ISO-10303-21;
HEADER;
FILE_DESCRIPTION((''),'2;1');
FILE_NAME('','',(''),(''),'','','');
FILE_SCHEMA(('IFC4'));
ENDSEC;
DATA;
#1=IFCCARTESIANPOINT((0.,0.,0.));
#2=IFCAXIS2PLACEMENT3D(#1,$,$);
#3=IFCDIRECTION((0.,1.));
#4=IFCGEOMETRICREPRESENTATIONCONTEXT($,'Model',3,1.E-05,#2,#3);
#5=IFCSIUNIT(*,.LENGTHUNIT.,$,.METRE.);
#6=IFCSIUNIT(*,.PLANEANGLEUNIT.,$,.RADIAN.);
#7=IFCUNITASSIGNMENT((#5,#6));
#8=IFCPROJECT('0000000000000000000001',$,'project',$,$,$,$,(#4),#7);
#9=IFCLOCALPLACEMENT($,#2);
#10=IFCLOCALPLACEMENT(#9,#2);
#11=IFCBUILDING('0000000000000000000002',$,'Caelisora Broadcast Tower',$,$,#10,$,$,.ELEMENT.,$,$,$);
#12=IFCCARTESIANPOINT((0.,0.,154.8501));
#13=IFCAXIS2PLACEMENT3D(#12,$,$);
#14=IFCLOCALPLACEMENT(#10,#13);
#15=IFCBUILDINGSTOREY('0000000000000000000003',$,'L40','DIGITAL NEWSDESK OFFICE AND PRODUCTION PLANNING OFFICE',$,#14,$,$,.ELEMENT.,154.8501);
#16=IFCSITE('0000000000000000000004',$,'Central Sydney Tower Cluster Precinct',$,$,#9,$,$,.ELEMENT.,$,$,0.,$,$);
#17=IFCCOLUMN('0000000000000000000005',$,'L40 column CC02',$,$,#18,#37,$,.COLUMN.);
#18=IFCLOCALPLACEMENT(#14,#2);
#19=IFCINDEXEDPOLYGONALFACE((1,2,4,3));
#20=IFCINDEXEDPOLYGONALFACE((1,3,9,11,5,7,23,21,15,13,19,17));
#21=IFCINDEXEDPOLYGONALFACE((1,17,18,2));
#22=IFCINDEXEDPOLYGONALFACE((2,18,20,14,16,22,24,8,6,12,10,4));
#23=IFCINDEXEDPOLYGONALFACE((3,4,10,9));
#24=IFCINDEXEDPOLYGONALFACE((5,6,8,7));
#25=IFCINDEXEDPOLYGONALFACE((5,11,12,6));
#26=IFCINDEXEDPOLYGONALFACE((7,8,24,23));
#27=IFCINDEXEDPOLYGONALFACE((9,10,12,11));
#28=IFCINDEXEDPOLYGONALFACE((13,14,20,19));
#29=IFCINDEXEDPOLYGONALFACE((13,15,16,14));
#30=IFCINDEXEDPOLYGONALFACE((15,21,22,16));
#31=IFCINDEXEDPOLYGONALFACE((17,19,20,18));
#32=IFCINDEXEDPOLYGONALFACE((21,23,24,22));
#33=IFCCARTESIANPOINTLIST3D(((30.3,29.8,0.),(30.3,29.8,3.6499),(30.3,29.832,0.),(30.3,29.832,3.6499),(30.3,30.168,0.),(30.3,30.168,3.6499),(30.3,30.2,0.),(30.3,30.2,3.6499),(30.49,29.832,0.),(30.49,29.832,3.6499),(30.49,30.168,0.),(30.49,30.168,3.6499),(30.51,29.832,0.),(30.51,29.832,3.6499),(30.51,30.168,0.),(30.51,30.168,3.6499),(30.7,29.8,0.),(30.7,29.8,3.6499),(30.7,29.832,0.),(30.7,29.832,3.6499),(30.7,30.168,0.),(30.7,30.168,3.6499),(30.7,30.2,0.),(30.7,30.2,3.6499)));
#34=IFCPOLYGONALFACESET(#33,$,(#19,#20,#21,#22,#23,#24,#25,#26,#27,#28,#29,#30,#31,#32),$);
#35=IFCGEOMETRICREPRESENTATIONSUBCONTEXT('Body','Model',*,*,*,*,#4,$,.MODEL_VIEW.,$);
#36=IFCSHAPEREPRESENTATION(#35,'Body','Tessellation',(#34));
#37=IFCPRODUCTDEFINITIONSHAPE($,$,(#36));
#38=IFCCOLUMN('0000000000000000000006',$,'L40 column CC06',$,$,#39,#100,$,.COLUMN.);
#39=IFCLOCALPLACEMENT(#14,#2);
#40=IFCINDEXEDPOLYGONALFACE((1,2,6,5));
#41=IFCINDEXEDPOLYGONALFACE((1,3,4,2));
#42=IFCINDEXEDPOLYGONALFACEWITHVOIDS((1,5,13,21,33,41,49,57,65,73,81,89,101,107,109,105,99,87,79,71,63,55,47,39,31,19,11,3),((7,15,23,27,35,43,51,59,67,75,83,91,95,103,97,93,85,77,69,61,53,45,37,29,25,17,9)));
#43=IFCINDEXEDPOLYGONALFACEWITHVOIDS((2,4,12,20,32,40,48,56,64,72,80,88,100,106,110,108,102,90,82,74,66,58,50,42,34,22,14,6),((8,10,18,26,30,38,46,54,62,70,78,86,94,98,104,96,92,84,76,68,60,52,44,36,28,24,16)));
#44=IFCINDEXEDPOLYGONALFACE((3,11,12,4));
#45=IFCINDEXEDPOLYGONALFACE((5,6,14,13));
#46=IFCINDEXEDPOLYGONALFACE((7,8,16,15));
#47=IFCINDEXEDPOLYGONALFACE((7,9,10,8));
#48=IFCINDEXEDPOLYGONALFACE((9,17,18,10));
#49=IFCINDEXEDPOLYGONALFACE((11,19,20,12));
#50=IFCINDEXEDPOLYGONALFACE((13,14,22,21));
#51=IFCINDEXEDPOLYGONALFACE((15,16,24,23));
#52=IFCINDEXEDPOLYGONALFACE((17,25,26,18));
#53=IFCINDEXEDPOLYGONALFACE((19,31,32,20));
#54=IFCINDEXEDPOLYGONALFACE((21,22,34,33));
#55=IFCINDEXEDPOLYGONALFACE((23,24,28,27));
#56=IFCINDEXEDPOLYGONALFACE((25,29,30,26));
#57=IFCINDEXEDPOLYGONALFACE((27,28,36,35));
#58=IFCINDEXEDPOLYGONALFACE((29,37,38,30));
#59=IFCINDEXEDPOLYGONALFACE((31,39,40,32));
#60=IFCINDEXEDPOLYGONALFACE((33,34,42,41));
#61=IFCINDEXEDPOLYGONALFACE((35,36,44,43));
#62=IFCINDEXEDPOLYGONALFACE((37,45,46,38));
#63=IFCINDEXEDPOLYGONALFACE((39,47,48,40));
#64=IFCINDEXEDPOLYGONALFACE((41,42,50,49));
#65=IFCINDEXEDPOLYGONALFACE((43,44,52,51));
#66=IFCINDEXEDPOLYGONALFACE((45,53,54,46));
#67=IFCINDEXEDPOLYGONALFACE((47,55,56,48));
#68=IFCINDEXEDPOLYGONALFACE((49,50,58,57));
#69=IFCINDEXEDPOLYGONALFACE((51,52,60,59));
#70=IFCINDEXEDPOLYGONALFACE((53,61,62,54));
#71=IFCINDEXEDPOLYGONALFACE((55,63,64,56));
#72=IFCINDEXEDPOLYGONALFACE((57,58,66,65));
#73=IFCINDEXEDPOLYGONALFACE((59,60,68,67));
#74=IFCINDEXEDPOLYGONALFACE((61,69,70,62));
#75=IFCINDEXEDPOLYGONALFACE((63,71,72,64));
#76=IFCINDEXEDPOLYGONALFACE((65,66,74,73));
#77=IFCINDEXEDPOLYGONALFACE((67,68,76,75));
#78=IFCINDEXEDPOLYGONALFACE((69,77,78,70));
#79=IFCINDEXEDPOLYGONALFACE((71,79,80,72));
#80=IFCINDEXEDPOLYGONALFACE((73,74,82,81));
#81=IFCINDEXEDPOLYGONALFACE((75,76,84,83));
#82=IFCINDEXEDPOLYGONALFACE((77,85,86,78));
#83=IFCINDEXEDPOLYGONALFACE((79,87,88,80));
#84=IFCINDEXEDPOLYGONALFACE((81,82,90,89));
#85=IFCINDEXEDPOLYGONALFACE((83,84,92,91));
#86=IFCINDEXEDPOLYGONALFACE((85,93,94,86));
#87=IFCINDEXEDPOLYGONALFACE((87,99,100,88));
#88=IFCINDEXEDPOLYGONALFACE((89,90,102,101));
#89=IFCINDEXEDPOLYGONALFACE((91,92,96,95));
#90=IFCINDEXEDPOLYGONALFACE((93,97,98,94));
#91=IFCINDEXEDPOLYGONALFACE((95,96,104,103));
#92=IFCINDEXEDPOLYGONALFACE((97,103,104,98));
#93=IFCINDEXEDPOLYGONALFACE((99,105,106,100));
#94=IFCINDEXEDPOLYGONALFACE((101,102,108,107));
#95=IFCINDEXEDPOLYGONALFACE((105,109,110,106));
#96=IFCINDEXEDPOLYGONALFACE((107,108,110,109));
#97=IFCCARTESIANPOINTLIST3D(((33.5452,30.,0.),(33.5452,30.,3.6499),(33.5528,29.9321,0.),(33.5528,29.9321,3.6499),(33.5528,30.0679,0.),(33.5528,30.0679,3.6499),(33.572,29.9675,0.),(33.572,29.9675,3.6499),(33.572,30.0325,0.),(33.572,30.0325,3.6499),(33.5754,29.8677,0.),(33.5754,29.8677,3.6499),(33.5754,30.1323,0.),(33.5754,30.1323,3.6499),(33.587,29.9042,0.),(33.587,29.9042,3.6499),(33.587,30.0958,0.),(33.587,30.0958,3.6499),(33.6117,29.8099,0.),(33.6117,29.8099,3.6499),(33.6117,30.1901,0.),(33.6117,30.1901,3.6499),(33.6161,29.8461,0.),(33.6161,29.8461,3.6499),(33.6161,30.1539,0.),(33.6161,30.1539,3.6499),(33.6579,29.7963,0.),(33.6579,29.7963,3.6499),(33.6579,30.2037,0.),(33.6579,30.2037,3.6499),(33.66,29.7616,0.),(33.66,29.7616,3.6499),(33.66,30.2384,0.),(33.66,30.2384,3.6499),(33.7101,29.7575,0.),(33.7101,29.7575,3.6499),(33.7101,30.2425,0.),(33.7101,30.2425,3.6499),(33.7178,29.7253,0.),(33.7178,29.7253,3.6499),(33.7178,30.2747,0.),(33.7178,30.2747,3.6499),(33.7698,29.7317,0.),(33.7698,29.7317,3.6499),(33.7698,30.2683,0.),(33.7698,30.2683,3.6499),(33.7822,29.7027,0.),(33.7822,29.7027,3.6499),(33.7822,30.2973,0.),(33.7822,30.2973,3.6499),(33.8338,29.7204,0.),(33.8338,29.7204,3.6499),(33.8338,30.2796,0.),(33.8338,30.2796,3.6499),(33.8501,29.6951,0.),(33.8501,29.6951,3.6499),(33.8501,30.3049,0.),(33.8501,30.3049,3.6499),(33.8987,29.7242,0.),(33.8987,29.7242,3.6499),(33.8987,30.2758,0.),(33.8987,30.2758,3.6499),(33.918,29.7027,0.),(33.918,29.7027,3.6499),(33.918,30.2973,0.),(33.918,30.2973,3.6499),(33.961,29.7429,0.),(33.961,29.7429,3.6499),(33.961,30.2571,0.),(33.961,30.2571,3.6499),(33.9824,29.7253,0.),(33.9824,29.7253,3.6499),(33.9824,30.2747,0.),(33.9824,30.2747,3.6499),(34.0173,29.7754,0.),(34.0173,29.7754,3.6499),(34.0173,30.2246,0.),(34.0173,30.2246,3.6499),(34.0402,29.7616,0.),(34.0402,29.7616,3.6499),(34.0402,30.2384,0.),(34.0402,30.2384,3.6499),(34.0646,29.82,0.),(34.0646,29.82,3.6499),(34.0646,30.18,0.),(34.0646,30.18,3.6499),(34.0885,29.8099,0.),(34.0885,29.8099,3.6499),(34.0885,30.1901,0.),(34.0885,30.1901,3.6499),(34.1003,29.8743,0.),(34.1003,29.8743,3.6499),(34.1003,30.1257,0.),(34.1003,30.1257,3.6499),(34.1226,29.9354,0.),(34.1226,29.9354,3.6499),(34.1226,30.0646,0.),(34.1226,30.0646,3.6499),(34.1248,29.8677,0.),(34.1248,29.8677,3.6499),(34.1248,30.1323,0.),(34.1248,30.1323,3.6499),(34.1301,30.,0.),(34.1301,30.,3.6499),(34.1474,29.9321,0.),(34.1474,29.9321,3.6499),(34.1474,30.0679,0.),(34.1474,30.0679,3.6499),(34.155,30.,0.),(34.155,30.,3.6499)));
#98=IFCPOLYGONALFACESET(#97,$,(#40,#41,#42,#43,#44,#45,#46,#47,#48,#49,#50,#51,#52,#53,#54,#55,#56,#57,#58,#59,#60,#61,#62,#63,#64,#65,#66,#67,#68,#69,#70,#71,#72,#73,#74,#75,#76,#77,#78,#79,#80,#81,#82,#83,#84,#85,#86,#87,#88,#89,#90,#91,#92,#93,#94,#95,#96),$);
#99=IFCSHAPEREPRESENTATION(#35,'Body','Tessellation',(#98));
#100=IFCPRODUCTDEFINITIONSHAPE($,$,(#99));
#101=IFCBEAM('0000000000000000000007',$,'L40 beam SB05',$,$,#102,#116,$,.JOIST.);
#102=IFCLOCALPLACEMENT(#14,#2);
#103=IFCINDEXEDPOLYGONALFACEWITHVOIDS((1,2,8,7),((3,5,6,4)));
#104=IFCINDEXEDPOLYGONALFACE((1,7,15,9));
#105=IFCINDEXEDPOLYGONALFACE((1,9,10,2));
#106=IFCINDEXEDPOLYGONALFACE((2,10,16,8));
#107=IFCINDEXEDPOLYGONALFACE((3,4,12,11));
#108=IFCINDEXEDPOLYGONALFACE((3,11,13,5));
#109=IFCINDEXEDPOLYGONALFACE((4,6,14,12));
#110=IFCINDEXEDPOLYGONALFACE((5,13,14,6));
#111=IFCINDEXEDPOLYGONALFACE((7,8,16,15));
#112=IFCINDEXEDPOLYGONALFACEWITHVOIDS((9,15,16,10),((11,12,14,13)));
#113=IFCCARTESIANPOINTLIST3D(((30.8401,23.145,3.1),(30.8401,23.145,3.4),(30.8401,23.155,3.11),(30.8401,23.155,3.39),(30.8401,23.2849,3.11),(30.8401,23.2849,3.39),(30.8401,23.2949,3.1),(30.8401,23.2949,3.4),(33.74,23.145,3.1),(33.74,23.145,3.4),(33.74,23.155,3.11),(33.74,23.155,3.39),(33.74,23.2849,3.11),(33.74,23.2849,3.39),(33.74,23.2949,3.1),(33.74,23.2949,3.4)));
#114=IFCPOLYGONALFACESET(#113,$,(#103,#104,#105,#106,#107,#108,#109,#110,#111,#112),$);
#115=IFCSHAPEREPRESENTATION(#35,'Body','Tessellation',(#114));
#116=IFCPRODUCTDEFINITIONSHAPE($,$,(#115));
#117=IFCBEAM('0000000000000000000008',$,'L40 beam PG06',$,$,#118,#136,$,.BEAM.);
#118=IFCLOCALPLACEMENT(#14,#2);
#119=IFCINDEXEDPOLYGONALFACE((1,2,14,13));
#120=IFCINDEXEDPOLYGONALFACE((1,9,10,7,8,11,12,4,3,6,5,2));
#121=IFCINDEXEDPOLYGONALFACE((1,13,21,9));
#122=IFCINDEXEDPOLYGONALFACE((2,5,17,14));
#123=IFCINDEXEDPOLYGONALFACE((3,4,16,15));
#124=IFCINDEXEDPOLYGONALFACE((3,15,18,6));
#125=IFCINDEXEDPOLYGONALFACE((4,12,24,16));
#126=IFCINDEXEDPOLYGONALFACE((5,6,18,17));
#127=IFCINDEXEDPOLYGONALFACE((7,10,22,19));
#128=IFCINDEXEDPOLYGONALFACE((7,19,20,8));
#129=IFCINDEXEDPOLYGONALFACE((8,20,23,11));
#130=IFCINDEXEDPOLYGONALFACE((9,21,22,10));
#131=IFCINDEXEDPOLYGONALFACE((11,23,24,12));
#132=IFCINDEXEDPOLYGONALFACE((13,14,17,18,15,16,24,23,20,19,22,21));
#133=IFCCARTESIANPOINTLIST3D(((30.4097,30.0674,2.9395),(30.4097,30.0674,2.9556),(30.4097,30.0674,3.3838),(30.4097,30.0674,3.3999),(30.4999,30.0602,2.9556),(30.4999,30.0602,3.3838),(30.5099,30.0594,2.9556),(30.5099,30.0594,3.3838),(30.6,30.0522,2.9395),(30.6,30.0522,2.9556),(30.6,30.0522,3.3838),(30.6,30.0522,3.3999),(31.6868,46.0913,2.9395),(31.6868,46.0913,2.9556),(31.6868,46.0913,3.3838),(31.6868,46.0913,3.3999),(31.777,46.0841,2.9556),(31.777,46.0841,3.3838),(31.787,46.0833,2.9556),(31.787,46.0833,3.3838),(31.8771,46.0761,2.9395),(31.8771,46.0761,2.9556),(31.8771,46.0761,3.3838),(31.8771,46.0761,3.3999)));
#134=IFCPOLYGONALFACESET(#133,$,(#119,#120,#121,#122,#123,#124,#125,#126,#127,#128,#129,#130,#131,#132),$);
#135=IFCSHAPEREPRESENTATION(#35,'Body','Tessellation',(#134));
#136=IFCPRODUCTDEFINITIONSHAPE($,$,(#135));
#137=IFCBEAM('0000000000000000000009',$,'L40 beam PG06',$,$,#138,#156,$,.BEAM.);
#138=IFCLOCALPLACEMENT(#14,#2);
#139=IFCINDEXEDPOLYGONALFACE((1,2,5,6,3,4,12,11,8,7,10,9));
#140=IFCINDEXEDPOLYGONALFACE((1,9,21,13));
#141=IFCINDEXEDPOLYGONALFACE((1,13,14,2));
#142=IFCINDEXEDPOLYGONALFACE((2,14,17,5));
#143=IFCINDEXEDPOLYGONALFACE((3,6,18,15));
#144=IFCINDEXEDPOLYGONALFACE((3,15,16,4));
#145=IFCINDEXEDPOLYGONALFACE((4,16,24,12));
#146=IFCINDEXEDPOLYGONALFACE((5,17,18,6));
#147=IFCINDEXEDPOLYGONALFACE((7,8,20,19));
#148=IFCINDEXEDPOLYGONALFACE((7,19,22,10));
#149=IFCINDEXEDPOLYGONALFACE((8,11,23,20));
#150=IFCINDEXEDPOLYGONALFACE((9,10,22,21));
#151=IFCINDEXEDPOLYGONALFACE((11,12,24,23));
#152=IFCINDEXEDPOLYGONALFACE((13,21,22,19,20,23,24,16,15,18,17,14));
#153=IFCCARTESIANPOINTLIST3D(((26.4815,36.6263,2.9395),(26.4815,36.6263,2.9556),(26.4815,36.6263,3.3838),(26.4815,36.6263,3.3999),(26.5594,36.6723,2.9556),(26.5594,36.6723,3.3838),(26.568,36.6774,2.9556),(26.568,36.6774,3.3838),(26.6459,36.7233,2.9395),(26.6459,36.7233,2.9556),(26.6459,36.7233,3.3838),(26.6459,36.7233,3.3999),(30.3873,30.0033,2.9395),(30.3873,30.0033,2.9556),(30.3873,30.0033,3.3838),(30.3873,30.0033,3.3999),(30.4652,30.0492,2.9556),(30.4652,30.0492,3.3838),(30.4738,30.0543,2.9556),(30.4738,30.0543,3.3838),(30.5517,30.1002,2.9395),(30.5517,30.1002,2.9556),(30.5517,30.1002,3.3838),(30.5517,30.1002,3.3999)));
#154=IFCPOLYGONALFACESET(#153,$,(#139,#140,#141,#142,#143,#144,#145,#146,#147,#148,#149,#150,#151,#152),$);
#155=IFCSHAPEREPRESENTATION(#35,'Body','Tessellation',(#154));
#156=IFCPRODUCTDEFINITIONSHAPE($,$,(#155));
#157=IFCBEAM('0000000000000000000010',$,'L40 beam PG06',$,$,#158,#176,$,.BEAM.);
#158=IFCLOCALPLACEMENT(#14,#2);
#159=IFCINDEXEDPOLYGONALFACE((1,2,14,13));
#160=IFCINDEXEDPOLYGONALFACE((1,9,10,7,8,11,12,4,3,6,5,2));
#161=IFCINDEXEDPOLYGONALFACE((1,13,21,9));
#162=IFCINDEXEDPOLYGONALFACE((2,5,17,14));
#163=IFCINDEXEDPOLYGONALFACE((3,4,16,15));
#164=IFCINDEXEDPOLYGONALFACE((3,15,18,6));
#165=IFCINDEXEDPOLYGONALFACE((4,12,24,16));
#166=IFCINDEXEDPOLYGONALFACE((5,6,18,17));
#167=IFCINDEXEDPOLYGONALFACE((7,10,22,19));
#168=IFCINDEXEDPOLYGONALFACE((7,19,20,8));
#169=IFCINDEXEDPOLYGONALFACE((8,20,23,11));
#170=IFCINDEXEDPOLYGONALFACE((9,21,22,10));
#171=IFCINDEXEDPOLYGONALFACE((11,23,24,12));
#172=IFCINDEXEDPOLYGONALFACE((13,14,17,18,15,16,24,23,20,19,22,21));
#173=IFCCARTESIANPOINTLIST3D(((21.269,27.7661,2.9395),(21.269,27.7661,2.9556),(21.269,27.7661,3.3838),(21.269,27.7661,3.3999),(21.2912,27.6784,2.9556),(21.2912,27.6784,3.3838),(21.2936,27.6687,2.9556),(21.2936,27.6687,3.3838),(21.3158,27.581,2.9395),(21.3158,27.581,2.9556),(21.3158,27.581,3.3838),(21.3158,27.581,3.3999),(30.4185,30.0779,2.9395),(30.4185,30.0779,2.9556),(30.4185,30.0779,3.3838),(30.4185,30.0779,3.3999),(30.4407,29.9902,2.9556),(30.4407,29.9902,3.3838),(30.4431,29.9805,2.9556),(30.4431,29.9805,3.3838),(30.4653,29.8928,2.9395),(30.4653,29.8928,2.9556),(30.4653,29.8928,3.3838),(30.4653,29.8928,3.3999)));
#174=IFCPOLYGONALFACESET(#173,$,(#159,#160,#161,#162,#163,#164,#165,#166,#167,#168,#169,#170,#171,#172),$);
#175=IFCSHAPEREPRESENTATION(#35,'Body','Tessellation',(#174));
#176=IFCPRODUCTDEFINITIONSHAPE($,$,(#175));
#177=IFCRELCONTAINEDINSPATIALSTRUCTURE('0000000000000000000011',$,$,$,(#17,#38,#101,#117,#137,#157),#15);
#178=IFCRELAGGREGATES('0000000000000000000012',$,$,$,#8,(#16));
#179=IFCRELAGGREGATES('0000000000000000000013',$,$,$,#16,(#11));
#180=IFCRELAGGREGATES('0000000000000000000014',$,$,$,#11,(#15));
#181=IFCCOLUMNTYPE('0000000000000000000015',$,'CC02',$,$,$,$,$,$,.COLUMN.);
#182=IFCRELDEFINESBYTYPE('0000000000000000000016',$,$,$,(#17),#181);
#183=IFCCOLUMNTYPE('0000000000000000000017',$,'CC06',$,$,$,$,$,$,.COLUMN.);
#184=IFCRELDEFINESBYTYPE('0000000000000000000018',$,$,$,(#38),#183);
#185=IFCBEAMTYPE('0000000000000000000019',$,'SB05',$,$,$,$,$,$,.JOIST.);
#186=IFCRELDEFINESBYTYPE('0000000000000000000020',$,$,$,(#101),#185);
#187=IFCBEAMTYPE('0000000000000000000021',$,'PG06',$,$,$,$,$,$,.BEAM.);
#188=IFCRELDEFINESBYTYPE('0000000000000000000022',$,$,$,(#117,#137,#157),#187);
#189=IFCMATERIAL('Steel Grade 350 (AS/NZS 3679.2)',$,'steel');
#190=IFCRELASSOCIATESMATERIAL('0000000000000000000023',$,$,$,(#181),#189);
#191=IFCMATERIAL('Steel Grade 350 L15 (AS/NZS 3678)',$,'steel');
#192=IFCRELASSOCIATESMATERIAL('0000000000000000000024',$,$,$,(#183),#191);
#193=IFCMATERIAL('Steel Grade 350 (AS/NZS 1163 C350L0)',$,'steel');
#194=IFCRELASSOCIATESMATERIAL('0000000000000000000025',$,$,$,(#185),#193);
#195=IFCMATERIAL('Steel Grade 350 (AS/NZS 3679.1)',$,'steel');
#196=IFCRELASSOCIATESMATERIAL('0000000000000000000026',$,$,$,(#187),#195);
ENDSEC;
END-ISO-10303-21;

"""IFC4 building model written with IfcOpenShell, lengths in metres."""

from ifc_helpers import new_model, si_unit, direction, frame, origin, origin_2d, place, context, subcontext, project, spatial, hollow_rectangle, hollow_circle, i_section, extrude, source, transform, mapped, material, material_profile, profile_set, type_object, type_shapes, element, save


model = new_model("IFC4")

# Units and contexts
model_context = context("Model", 3, precision=1e-05, world=origin(), true_north=direction((0.0, 1.0)))
body_context = subcontext(model_context, "Body", "Model", "MODEL_VIEW")
ifc_project = project(units=[si_unit("LENGTHUNIT", "METRE"), si_unit("PLANEANGLEUNIT", "RADIAN")], contexts=[model_context])

# Site, building, storey
site_placement = place(None, origin())
site = spatial("IfcSite", under=ifc_project, at=site_placement, Name="Central Sydney Tower Cluster Precinct", CompositionType="ELEMENT", RefElevation=0.0)
building_placement = place(site_placement, origin())
building = spatial("IfcBuilding", under=site, at=building_placement, Name="Caelisora Broadcast Tower", CompositionType="ELEMENT")
storey_placement = place(building_placement, frame((0.0, 0.0, 154.8501)))
storey = spatial("IfcBuildingStorey", under=building, at=storey_placement, Name="L40", Description="DIGITAL NEWSDESK OFFICE AND PRODUCTION PLANNING OFFICE", CompositionType="ELEMENT", Elevation=154.8501)

# Columns
ifc_material_1 = material(Name="Steel Grade 350 (AS/NZS 3679.2)", Category="steel")
ifc_material_profile_1 = material_profile(ifc_material_1, i_section(OverallWidth=0.3999, OverallDepth=0.3999, WebThickness=0.02, FlangeThickness=0.032, at=origin_2d()), Name="Steel Grade 350 (AS/NZS 3679.2)")
ifc_profile_set_1 = profile_set([ifc_material_profile_1], Name="Steel Grade 350 (AS/NZS 3679.2)")
column_type_1 = type_object("IfcColumnType", Name="CC02", PredefinedType="COLUMN", material=ifc_profile_set_1)
shared_shape_1 = source(origin(), body_context, "Body", "SweptSolid", [
    extrude(i_section(OverallWidth=0.3999, OverallDepth=0.3999, WebThickness=0.02, FlangeThickness=0.032, at=origin_2d()), origin(), (0.0, 0.0, 1.0), 3.6499),
])
type_shapes(column_type_1, [shared_shape_1])
column_1_placement = place(storey_placement, frame((30.5, 30.0, 0.0), z_axis=(0.0, 0.0, 1.0), x_axis=(1.0, 0.0, 0.0)))
element("IfcColumn", 1, at=column_1_placement, inside=storey, type_object=column_type_1, Name="L40 column CC02", PredefinedType="COLUMN", context=body_context, shape_type="MappedRepresentation", body=[
    mapped(shared_shape_1, transform((0.0, 0.0, 0.0), scale=1.0)),
])
ifc_material_2 = material(Name="Steel Grade 350 L15 (AS/NZS 3678)", Category="steel")
ifc_material_profile_2 = material_profile(ifc_material_2, hollow_circle(Radius=0.3049, WallThickness=0.0249, at=origin_2d()), Name="Steel Grade 350 L15 (AS/NZS 3678)")
ifc_profile_set_2 = profile_set([ifc_material_profile_2], Name="Steel Grade 350 L15 (AS/NZS 3678)")
column_type_2 = type_object("IfcColumnType", Name="CC06", PredefinedType="COLUMN", material=ifc_profile_set_2)
shared_shape_2 = source(origin(), body_context, "Body", "SweptSolid", [
    extrude(hollow_circle(Radius=0.3049, WallThickness=0.0249, at=origin_2d()), origin(), (0.0, 0.0, 1.0), 3.6499),
])
type_shapes(column_type_2, [shared_shape_2])
column_2_placement = place(storey_placement, frame((33.8501, 30.0, 0.0), z_axis=(0.0, 0.0, 1.0), x_axis=(1.0, 0.0, 0.0)))
element("IfcColumn", 2, at=column_2_placement, inside=storey, type_object=column_type_2, Name="L40 column CC06", PredefinedType="COLUMN", context=body_context, shape_type="MappedRepresentation", body=[
    mapped(shared_shape_2, transform((0.0, 0.0, 0.0), scale=1.0)),
])

# Beams
ifc_material_3 = material(Name="Steel Grade 350 (AS/NZS 1163 C350L0)", Category="steel")
ifc_material_profile_3 = material_profile(ifc_material_3, hollow_rectangle(XDim=0.1499, YDim=0.3, WallThickness=0.01, at=origin_2d()), Name="Steel Grade 350 (AS/NZS 1163 C350L0)")
ifc_profile_set_3 = profile_set([ifc_material_profile_3], Name="Steel Grade 350 (AS/NZS 1163 C350L0)")
beam_type_1 = type_object("IfcBeamType", Name="SB05", PredefinedType="JOIST", material=ifc_profile_set_3)
shared_shape_3 = source(origin(), body_context, "Body", "SweptSolid", [
    extrude(hollow_rectangle(XDim=0.1499, YDim=0.3, WallThickness=0.01, at=origin_2d()), origin(), (0.0, 0.0, 1.0), 2.8999),
])
type_shapes(beam_type_1, [shared_shape_3])
beam_1_placement = place(storey_placement, frame((30.8401, 23.22, 3.25), z_axis=(1.0, 0.0, 0.0), x_axis=(0.0, 1.0, 0.0)))
element("IfcBeam", 3, at=beam_1_placement, inside=storey, type_object=beam_type_1, Name="L40 beam SB05", PredefinedType="JOIST", context=body_context, shape_type="MappedRepresentation", body=[
    mapped(shared_shape_3, transform((0.0, 0.0, 0.0), scale=1.0)),
])
ifc_material_4 = material(Name="Steel Grade 350 (AS/NZS 3679.1)", Category="steel")
ifc_material_profile_4 = material_profile(ifc_material_4, i_section(OverallWidth=0.1909, OverallDepth=0.4604, WebThickness=0.01, FlangeThickness=0.0161, at=origin_2d()), Name="Steel Grade 350 (AS/NZS 3679.1)")
ifc_profile_set_4 = profile_set([ifc_material_profile_4], Name="Steel Grade 350 (AS/NZS 3679.1)")
beam_type_2 = type_object("IfcBeamType", Name="PG06", PredefinedType="BEAM", material=ifc_profile_set_4)
shared_shape_4 = source(origin(), body_context, "Body", "SweptSolid", [
    extrude(i_section(OverallWidth=0.1909, OverallDepth=0.4604, WebThickness=0.01, FlangeThickness=0.0161, at=origin_2d()), origin(), (0.0, 0.0, 1.0), 16.0747),
])
beam_2_placement = place(storey_placement, frame((30.5049, 30.0598, 3.1697), z_axis=(0.079448, 0.996839, 0.0), x_axis=(-0.996839, 0.079448, 0.0)))
element("IfcBeam", 4, at=beam_2_placement, inside=storey, type_object=beam_type_2, Name="L40 beam PG06", PredefinedType="BEAM", context=body_context, shape_type="MappedRepresentation", body=[
    mapped(shared_shape_4, transform((0.0, 0.0, 0.0), scale=1.0)),
])
shared_shape_5 = source(origin(), body_context, "Body", "SweptSolid", [
    extrude(i_section(OverallWidth=0.1909, OverallDepth=0.4604, WebThickness=0.01, FlangeThickness=0.0161, at=origin_2d()), origin(), (0.0, 0.0, 1.0), 7.689),
])
beam_3_placement = place(storey_placement, frame((30.4695, 30.0518, 3.1697), z_axis=(-0.507972, 0.861374, 0.0), x_axis=(-0.861374, -0.507972, 0.0)))
element("IfcBeam", 5, at=beam_3_placement, inside=storey, type_object=beam_type_2, Name="L40 beam PG06", PredefinedType="BEAM", context=body_context, shape_type="MappedRepresentation", body=[
    mapped(shared_shape_5, transform((0.0, 0.0, 0.0), scale=1.0)),
])
shared_shape_6 = source(origin(), body_context, "Body", "SweptSolid", [
    extrude(i_section(OverallWidth=0.1909, OverallDepth=0.4604, WebThickness=0.01, FlangeThickness=0.0161, at=origin_2d()), origin(), (0.0, 0.0, 1.0), 9.437),
])
type_shapes(beam_type_2, [shared_shape_4, shared_shape_5, shared_shape_6])
beam_4_placement = place(storey_placement, frame((30.4419, 29.9854, 3.1697), z_axis=(-0.969531, -0.24497, 0.0), x_axis=(0.24497, -0.969531, 0.0)))
element("IfcBeam", 6, at=beam_4_placement, inside=storey, type_object=beam_type_2, Name="L40 beam PG06", PredefinedType="BEAM", context=body_context, shape_type="MappedRepresentation", body=[
    mapped(shared_shape_6, transform((0.0, 0.0, 0.0), scale=1.0)),
])

save(model, "model.ifc")
